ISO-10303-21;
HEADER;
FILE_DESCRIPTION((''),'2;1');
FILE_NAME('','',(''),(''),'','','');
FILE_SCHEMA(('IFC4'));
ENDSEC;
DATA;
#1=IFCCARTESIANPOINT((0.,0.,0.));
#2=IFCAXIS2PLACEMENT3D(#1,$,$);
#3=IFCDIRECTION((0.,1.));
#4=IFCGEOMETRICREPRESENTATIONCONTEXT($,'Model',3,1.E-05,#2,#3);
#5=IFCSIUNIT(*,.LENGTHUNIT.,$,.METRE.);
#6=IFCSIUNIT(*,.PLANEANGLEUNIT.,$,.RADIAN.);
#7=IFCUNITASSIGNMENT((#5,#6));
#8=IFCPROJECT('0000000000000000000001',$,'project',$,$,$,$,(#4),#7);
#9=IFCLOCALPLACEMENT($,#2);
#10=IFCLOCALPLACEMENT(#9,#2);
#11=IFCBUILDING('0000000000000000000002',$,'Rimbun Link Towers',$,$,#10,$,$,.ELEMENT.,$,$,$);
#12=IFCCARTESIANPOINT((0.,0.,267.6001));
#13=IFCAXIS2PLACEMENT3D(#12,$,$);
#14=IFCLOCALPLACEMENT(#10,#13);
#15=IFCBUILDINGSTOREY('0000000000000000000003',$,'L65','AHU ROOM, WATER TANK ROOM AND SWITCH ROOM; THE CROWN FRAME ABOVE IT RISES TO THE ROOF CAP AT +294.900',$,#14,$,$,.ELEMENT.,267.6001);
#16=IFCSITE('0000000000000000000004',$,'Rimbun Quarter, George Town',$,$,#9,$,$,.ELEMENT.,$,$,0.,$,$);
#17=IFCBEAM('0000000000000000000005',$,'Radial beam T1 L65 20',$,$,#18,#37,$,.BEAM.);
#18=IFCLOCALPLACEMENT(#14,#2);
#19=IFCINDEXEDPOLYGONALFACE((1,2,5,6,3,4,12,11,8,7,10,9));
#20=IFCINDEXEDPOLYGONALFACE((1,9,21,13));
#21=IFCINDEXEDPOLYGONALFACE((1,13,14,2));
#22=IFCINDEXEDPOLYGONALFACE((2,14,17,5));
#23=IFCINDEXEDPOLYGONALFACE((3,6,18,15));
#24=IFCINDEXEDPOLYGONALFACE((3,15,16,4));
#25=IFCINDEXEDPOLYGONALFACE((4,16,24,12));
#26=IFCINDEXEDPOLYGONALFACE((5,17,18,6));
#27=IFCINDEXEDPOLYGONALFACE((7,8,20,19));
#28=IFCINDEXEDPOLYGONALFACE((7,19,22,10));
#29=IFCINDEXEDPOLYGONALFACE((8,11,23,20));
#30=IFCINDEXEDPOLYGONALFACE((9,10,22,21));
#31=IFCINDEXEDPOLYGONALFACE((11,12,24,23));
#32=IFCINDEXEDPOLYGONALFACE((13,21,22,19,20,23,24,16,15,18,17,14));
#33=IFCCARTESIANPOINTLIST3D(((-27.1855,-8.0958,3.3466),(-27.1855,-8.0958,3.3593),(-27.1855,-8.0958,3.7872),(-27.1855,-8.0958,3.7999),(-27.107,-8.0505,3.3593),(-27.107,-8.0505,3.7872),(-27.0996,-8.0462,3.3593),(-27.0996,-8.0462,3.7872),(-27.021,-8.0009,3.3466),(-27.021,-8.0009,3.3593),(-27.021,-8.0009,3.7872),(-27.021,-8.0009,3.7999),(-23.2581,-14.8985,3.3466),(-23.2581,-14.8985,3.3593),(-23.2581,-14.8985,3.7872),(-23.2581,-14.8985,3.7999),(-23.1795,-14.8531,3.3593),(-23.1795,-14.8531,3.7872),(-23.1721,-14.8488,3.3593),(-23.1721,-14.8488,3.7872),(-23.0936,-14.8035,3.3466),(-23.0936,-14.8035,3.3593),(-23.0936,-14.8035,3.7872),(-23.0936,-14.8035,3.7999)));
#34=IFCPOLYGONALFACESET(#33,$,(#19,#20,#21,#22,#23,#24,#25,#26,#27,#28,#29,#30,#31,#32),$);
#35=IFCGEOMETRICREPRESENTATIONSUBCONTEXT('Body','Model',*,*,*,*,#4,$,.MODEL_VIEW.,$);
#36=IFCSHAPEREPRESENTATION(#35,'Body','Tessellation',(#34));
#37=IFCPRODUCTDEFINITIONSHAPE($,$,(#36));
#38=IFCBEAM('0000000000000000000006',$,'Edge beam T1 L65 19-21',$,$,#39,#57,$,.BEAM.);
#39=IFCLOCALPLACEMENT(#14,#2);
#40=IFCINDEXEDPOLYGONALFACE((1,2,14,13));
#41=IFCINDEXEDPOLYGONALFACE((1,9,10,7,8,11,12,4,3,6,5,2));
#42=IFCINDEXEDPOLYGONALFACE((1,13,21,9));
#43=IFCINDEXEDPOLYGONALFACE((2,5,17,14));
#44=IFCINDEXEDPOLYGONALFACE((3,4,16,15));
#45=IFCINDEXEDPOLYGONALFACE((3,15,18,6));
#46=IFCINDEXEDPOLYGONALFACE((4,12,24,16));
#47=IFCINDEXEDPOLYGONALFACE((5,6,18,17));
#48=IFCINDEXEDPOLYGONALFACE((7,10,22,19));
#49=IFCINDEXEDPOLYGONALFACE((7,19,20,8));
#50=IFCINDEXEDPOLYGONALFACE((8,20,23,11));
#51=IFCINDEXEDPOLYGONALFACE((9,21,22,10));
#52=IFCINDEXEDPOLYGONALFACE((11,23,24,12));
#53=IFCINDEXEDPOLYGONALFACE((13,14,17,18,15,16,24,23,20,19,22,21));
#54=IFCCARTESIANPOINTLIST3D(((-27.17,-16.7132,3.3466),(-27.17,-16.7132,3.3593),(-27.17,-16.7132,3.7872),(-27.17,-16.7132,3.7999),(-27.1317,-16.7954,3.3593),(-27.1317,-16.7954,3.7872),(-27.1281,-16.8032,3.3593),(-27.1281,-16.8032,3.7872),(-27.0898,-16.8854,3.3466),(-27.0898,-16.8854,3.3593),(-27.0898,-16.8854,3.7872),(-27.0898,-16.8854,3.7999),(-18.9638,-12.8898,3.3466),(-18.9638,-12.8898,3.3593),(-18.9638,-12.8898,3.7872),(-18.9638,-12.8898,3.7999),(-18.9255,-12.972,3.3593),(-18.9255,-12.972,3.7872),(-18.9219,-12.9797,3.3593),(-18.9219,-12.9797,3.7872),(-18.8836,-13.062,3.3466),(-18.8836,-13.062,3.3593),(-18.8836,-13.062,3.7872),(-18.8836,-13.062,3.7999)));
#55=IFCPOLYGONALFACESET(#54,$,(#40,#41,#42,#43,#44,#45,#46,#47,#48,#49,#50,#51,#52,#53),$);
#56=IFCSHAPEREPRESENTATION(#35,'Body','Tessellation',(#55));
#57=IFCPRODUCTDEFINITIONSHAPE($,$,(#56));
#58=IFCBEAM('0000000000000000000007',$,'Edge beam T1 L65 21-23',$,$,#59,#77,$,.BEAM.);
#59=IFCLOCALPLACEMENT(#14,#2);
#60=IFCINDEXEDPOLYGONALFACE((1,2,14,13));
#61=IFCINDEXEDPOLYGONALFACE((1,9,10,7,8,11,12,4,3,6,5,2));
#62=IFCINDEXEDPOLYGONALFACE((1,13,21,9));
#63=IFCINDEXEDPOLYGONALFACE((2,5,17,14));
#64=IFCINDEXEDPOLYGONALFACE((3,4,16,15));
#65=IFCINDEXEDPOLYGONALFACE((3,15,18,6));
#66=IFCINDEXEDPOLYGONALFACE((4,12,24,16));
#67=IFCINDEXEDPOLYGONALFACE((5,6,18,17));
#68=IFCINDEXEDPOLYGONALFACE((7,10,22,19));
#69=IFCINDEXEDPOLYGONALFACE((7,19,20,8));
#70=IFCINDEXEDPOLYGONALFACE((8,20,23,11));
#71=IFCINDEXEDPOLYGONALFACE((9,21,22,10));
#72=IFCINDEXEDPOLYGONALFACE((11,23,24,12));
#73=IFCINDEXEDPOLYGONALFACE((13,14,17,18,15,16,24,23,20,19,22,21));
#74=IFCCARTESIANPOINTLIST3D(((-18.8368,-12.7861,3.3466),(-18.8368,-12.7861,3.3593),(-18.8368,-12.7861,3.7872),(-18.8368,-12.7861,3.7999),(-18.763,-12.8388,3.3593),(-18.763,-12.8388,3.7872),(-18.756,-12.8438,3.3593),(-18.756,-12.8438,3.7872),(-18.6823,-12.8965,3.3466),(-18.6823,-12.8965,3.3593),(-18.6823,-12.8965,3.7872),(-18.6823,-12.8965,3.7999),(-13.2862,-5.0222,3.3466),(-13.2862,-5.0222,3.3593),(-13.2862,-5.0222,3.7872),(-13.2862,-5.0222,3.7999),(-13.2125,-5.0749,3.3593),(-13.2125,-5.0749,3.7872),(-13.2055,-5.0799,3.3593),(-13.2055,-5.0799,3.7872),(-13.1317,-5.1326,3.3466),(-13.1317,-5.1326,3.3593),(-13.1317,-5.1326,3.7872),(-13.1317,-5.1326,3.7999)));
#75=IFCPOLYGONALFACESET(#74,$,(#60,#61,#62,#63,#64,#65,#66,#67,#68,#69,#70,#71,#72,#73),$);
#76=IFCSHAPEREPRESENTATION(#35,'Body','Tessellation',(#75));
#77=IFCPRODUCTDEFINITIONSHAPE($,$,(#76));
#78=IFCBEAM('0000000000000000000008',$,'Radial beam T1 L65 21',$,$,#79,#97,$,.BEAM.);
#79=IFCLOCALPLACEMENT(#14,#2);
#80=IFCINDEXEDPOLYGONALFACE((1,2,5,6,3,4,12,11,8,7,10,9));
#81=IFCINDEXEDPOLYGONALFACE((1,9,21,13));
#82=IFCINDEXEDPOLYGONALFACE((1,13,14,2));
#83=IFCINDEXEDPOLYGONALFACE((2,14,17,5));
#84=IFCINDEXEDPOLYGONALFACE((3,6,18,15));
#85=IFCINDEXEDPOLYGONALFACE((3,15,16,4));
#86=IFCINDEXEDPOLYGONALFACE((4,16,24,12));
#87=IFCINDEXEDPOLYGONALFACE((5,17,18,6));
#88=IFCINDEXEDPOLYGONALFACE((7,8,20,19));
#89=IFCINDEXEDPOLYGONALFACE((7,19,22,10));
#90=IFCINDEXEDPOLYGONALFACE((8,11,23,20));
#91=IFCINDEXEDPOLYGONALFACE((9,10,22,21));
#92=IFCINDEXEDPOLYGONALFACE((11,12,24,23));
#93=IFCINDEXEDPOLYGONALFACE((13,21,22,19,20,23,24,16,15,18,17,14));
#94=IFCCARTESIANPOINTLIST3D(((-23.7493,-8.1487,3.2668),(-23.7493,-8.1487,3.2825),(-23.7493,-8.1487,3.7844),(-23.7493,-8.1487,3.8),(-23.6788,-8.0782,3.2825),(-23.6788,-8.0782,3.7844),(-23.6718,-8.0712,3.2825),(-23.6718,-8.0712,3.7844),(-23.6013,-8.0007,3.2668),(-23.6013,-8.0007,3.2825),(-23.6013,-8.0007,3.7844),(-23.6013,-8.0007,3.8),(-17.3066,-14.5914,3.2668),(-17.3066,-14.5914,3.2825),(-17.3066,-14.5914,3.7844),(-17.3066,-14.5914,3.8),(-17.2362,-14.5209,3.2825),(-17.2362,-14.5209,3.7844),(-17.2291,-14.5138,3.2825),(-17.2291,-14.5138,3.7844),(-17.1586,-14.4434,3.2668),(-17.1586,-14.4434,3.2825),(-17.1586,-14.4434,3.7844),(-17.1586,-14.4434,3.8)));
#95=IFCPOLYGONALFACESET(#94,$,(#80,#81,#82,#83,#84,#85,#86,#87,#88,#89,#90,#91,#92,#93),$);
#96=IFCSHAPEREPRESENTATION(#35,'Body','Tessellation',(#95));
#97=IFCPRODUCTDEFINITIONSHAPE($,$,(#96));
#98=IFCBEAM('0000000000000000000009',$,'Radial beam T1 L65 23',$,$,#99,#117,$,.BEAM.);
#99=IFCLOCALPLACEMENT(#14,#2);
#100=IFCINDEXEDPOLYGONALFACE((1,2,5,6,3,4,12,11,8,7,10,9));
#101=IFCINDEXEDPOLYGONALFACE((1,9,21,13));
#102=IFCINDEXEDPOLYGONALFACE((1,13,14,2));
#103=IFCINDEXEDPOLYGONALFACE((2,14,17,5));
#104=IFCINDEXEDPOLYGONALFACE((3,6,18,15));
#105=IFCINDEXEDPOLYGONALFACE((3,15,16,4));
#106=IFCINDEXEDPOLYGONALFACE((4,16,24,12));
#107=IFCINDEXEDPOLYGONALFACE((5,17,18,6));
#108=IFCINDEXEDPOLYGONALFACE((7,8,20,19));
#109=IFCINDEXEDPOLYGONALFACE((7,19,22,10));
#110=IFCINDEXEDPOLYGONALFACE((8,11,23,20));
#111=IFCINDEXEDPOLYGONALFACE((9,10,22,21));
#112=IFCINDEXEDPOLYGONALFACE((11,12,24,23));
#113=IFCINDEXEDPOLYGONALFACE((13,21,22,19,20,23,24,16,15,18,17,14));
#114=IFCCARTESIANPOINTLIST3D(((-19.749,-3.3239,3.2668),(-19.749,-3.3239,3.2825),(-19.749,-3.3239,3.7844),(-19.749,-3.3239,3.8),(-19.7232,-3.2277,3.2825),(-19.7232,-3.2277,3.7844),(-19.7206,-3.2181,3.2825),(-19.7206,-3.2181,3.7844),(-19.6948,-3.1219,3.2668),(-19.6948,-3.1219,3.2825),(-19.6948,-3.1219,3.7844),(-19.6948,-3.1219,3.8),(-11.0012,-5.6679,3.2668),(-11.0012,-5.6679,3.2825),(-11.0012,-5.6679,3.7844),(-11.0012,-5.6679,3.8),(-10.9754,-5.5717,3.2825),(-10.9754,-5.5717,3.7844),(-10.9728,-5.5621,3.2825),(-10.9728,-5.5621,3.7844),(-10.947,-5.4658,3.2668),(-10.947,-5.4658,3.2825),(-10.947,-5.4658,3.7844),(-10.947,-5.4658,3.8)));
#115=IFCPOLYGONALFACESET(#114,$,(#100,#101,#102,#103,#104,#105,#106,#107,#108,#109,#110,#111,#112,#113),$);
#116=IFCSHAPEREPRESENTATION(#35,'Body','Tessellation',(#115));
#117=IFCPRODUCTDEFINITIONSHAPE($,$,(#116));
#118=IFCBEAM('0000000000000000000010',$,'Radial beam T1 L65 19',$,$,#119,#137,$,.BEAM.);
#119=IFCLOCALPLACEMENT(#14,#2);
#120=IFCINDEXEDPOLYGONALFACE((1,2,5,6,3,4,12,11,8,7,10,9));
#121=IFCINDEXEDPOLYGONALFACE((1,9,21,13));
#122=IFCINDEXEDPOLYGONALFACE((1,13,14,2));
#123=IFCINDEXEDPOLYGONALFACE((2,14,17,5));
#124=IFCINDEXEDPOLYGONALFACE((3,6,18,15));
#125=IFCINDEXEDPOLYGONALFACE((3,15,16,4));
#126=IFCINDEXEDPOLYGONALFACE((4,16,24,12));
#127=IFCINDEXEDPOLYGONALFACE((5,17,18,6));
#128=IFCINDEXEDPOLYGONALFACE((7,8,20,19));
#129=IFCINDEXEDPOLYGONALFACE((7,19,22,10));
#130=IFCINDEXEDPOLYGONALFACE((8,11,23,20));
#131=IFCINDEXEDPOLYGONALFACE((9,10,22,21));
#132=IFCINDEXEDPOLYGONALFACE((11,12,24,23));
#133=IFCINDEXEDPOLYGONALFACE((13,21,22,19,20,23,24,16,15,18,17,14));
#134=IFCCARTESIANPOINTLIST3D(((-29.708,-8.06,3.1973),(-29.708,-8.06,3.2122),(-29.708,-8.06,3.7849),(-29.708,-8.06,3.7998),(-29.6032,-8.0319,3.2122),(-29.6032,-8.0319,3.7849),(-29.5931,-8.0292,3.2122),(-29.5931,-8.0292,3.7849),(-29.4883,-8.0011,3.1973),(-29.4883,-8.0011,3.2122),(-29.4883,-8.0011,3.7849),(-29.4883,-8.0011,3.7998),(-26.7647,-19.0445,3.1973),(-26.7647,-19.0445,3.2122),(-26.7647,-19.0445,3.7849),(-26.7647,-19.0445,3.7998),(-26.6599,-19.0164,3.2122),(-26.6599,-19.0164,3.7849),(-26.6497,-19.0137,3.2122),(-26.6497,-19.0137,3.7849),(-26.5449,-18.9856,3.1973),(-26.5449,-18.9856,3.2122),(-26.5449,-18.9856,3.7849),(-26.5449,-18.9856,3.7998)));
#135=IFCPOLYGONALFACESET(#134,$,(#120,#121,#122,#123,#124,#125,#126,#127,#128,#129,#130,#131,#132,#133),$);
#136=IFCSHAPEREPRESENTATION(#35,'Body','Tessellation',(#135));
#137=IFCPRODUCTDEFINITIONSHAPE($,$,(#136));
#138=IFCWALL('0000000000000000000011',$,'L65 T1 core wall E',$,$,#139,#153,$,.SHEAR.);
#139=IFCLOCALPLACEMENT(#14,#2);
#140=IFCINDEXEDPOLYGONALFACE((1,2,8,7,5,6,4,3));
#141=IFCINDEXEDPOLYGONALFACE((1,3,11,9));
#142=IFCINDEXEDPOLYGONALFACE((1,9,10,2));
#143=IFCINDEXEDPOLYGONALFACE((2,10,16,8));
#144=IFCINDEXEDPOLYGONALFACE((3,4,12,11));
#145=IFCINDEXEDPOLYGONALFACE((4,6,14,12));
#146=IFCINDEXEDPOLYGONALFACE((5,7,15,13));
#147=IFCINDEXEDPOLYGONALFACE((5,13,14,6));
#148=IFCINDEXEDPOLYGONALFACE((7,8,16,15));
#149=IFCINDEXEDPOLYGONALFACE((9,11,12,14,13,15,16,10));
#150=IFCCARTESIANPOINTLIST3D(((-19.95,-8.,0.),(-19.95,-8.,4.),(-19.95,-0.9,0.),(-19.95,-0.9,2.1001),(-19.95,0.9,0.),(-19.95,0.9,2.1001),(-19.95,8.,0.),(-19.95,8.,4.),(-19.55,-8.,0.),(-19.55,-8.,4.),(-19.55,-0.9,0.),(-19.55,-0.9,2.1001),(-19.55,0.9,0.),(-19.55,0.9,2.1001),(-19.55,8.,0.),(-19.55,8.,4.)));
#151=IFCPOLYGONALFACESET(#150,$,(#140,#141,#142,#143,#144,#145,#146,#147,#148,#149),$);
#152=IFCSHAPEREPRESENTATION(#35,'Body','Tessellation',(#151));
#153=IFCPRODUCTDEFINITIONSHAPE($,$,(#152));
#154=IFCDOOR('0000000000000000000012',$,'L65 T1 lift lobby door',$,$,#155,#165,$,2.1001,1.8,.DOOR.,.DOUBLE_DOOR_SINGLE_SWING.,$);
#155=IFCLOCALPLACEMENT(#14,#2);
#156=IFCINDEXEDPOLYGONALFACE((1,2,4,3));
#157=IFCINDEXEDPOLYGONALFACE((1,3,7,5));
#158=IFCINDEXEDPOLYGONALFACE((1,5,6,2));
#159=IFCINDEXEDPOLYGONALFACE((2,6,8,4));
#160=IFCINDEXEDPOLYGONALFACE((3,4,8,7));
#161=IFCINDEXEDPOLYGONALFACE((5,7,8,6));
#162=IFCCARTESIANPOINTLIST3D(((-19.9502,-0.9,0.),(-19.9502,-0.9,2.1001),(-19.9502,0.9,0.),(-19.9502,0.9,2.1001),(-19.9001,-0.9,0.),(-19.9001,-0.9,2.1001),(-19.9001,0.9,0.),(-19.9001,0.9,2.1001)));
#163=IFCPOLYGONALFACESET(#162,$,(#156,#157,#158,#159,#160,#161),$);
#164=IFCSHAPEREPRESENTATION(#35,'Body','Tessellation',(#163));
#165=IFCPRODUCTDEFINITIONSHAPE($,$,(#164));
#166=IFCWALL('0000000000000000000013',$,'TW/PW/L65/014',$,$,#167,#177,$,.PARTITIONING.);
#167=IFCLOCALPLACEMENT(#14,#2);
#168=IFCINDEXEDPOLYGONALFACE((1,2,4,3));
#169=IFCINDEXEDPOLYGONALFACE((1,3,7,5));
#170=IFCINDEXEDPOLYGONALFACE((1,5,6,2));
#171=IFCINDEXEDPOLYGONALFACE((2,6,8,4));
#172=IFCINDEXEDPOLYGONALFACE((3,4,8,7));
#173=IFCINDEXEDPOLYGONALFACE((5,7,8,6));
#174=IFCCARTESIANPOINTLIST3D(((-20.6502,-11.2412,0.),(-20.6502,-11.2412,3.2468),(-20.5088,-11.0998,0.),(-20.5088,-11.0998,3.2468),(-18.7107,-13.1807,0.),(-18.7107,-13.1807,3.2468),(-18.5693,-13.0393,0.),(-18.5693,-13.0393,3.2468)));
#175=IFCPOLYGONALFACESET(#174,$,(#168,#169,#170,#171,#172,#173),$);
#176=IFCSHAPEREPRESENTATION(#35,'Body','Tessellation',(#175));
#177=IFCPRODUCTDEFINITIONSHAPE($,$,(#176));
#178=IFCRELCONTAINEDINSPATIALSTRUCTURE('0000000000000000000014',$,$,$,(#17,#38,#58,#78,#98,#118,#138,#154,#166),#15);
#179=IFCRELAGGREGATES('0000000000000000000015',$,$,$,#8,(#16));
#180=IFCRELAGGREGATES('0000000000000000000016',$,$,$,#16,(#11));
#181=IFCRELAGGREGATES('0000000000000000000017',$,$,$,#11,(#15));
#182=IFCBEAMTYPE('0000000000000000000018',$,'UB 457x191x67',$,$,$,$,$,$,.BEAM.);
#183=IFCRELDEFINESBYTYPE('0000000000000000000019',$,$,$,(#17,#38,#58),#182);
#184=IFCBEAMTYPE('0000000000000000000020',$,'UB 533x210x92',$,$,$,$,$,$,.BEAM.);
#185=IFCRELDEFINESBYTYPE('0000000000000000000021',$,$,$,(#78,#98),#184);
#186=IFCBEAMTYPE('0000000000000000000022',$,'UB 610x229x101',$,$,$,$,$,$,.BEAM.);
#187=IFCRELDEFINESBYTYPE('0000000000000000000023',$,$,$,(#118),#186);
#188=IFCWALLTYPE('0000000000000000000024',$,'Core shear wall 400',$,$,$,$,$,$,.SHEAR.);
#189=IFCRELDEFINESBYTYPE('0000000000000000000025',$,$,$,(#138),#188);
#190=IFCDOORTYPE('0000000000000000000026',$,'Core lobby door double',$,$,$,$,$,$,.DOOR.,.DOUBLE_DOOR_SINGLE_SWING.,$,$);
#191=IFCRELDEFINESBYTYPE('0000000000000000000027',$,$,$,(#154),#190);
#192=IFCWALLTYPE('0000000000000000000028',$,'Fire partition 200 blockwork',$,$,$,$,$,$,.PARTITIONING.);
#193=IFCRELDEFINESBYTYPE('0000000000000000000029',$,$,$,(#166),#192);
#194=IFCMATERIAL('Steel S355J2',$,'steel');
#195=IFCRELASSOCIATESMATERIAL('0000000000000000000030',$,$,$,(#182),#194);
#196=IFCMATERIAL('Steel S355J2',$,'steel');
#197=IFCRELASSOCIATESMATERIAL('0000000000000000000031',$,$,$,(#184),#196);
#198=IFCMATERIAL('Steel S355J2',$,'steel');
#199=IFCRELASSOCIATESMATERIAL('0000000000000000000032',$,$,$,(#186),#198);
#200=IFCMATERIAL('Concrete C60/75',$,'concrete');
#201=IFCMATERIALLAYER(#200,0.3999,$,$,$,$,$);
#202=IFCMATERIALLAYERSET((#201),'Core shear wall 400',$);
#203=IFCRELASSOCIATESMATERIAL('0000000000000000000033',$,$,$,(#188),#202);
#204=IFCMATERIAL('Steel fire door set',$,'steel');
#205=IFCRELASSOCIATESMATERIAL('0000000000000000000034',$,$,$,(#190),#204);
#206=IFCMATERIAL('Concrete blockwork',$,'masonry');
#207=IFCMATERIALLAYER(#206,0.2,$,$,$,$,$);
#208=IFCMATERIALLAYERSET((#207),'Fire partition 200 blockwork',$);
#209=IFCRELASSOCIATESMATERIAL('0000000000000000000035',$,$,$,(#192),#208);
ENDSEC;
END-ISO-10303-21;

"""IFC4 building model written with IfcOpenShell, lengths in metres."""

from ifc_helpers import new_model, si_unit, direction, frame, frame_2d, origin, origin_2d, place, context, subcontext, project, spatial, rectangle, i_section, extrude, material, layer, layer_set, material_profile, profile_set, type_object, element, fill, save


model = new_model("IFC4")

# Units and contexts
model_context = context("Model", 3, precision=1e-05, world=origin(), true_north=direction((0.0, 1.0)))
body_context = subcontext(model_context, "Body", "Model", "MODEL_VIEW")
ifc_project = project(units=[si_unit("LENGTHUNIT", "METRE"), si_unit("PLANEANGLEUNIT", "RADIAN")], contexts=[model_context])

# Site, building, storey
site_placement = place(None, origin())
site = spatial("IfcSite", under=ifc_project, at=site_placement, Name="Rimbun Quarter, George Town", CompositionType="ELEMENT", RefElevation=0.0)
building_placement = place(site_placement, origin())
building = spatial("IfcBuilding", under=site, at=building_placement, Name="Rimbun Link Towers", CompositionType="ELEMENT")
storey_placement = place(building_placement, frame((0.0, 0.0, 267.6001)))
storey = spatial("IfcBuildingStorey", under=building, at=storey_placement, Name="L65", Description="AHU ROOM, WATER TANK ROOM AND SWITCH ROOM; THE CROWN FRAME ABOVE IT RISES TO THE ROOF CAP AT +294.900", CompositionType="ELEMENT", Elevation=267.6001)

# Beams
ifc_material_1 = material(Name="Steel S355J2", Category="steel")
ifc_material_profile_1 = material_profile(ifc_material_1, i_section(OverallWidth=0.1899, OverallDepth=0.4534, WebThickness=0.0085, FlangeThickness=0.0127, at=origin_2d()), Name="UB 457x191x67")
ifc_profile_set_1 = profile_set([ifc_material_profile_1], Name="Steel S355J2")
beam_type_1 = type_object("IfcBeamType", Name="UB 457x191x67", PredefinedType="BEAM", material=ifc_profile_set_1)
beam_1_placement = place(storey_placement, frame((-27.1033, -8.0483, 3.5732), z_axis=(0.499993, -0.866029, 0.0), x_axis=(0.866029, 0.499993, 0.0)))
element("IfcBeam", 1, at=beam_1_placement, inside=storey, type_object=beam_type_1, Name="Radial beam T1 L65 20", PredefinedType="BEAM", context=body_context, shape_type="SweptSolid", body=[
    extrude(i_section(OverallWidth=0.1899, OverallDepth=0.4534, WebThickness=0.0085, FlangeThickness=0.0127, at=origin_2d()), origin(), (0.0, 0.0, 1.0), 7.855),
])
beam_2_placement = place(storey_placement, frame((-27.1299, -16.7993, 3.5732), z_axis=(0.906442, 0.42233, 0.0), x_axis=(-0.42233, 0.906442, 0.0)))
element("IfcBeam", 2, at=beam_2_placement, inside=storey, type_object=beam_type_1, Name="Edge beam T1 L65 19-21", PredefinedType="BEAM", context=body_context, shape_type="SweptSolid", body=[
    extrude(i_section(OverallWidth=0.1899, OverallDepth=0.4534, WebThickness=0.0085, FlangeThickness=0.0127, at=origin_2d()), origin(), (0.0, 0.0, 1.0), 9.0532),
])
beam_3_placement = place(storey_placement, frame((-18.7595, -12.8413, 3.5732), z_axis=(0.581577, 0.813491, 0.0), x_axis=(-0.813491, 0.581577, 0.0)))
element("IfcBeam", 3, at=beam_3_placement, inside=storey, type_object=beam_type_1, Name="Edge beam T1 L65 21-23", PredefinedType="BEAM", context=body_context, shape_type="SweptSolid", body=[
    extrude(i_section(OverallWidth=0.1899, OverallDepth=0.4534, WebThickness=0.0085, FlangeThickness=0.0127, at=origin_2d()), origin(), (0.0, 0.0, 1.0), 9.5439),
])
ifc_material_2 = material(Name="Steel S355J2", Category="steel")
ifc_material_profile_2 = material_profile(ifc_material_2, i_section(OverallWidth=0.2092, OverallDepth=0.5332, WebThickness=0.01, FlangeThickness=0.0156, at=origin_2d()), Name="UB 533x210x92")
ifc_profile_set_2 = profile_set([ifc_material_profile_2], Name="Steel S355J2")
beam_type_2 = type_object("IfcBeamType", Name="UB 533x210x92", PredefinedType="BEAM", material=ifc_profile_set_2)
beam_4_placement = place(storey_placement, frame((-23.6753, -8.0747, 3.5334), z_axis=(0.707107, -0.707107, 0.0), x_axis=(0.707107, 0.707107, 0.0)))
element("IfcBeam", 4, at=beam_4_placement, inside=storey, type_object=beam_type_2, Name="Radial beam T1 L65 21", PredefinedType="BEAM", context=body_context, shape_type="SweptSolid", body=[
    extrude(i_section(OverallWidth=0.2092, OverallDepth=0.5332, WebThickness=0.01, FlangeThickness=0.0156, at=origin_2d()), origin(), (0.0, 0.0, 1.0), 9.1113),
])
beam_5_placement = place(storey_placement, frame((-19.7219, -3.2229, 3.5334), z_axis=(0.965925, -0.258822, 0.0), x_axis=(0.258822, 0.965925, 0.0)))
element("IfcBeam", 5, at=beam_5_placement, inside=storey, type_object=beam_type_2, Name="Radial beam T1 L65 23", PredefinedType="BEAM", context=body_context, shape_type="SweptSolid", body=[
    extrude(i_section(OverallWidth=0.2092, OverallDepth=0.5332, WebThickness=0.01, FlangeThickness=0.0156, at=origin_2d()), origin(), (0.0, 0.0, 1.0), 9.0564),
])
ifc_material_3 = material(Name="Steel S355J2", Category="steel")
ifc_material_profile_3 = material_profile(ifc_material_3, i_section(OverallWidth=0.2275, OverallDepth=0.6025, WebThickness=0.0105, FlangeThickness=0.0149, at=origin_2d()), Name="UB 610x229x101")
ifc_profile_set_3 = profile_set([ifc_material_profile_3], Name="Steel S355J2")
beam_type_3 = type_object("IfcBeamType", Name="UB 610x229x101", PredefinedType="BEAM", material=ifc_profile_set_3)
beam_6_placement = place(storey_placement, frame((-29.5981, -8.0305, 3.4985), z_axis=(0.258822, -0.965925, 0.0), x_axis=(0.965925, 0.258822, 0.0)))
element("IfcBeam", 6, at=beam_6_placement, inside=storey, type_object=beam_type_3, Name="Radial beam T1 L65 19", PredefinedType="BEAM", context=body_context, shape_type="SweptSolid", body=[
    extrude(i_section(OverallWidth=0.2275, OverallDepth=0.6025, WebThickness=0.0105, FlangeThickness=0.0149, at=origin_2d()), origin(), (0.0, 0.0, 1.0), 11.3721),
])

# Wall, opening, door
ifc_material_4 = material(Name="Concrete C60/75", Category="concrete")
ifc_layer_1 = layer(ifc_material_4, 0.3999)
ifc_layer_set_1 = layer_set([ifc_layer_1], Name="Core shear wall 400")
wall_type_1 = type_object("IfcWallType", Name="Core shear wall 400", PredefinedType="SHEAR", material=ifc_layer_set_1)
wall_1_placement = place(storey_placement, frame((-19.75, -8.0, 0.0), z_axis=(0.0, 0.0, 1.0), x_axis=(0.0, 1.0, 0.0)))
wall_1 = element("IfcWall", 7, at=wall_1_placement, inside=storey, type_object=wall_type_1, Name="L65 T1 core wall E", PredefinedType="SHEAR", context=body_context, shape_type="SweptSolid", body=[
    extrude(rectangle(XDim=16.0, YDim=0.3999, at=frame_2d((8.0, 0.0))), origin(), (0.0, 0.0, 1.0), 4.0),
])
opening_placement = place(wall_1_placement, frame((7.1001, 0.0, 0.0)))
opening = element("IfcOpeningElement", 8, at=opening_placement, cuts=wall_1, PredefinedType="OPENING", context=body_context, shape_type="SweptSolid", body=[
    extrude(rectangle(XDim=1.8, YDim=2.1001, at=frame_2d((0.8999, 1.05))), frame((0.0, 0.21, 0.0), z_axis=(0.0, -1.0, 0.0), x_axis=(1.0, 0.0, 0.0)), (0.0, 0.0, 1.0), 0.4199),
])
ifc_material_5 = material(Name="Steel fire door set", Category="steel")
door_type = type_object("IfcDoorType", Name="Core lobby door double", OperationType="DOUBLE_DOOR_SINGLE_SWING", PredefinedType="DOOR", material=ifc_material_5)
door_placement = place(opening_placement, origin())
door = element("IfcDoor", 9, at=door_placement, inside=storey, type_object=door_type, Name="L65 T1 lift lobby door", OperationType="DOUBLE_DOOR_SINGLE_SWING", OverallHeight=2.1001, OverallWidth=1.8, PredefinedType="DOOR", context=body_context, shape_type="SweptSolid", body=[
    extrude(rectangle(XDim=1.8, YDim=2.1001, at=frame_2d((0.8999, 1.05))), frame((0.0, 0.2002, 0.0), z_axis=(0.0, -1.0, 0.0), x_axis=(1.0, 0.0, 0.0)), (0.0, 0.0, 1.0), 0.05),
])
fill(opening, door)

# Wall
ifc_material_6 = material(Name="Concrete blockwork", Category="masonry")
ifc_layer_2 = layer(ifc_material_6, 0.2)
ifc_layer_set_2 = layer_set([ifc_layer_2], Name="Fire partition 200 blockwork")
wall_type_2 = type_object("IfcWallType", Name="Fire partition 200 blockwork", PredefinedType="PARTITIONING", material=ifc_layer_set_2)
wall_2_placement = place(storey_placement, frame((-18.6399, -13.1101, 0.0), z_axis=(0.0, 0.0, 1.0), x_axis=(-0.707107, 0.707107, 0.0)))
element("IfcWall", 10, at=wall_2_placement, inside=storey, type_object=wall_type_2, Name="TW/PW/L65/014", PredefinedType="PARTITIONING", context=body_context, shape_type="SweptSolid", body=[
    extrude(rectangle(XDim=2.7429, YDim=0.2, at=frame_2d((1.3716, 0.0))), origin(), (0.0, 0.0, 1.0), 3.2468),
])

save(model, "model.ifc")
